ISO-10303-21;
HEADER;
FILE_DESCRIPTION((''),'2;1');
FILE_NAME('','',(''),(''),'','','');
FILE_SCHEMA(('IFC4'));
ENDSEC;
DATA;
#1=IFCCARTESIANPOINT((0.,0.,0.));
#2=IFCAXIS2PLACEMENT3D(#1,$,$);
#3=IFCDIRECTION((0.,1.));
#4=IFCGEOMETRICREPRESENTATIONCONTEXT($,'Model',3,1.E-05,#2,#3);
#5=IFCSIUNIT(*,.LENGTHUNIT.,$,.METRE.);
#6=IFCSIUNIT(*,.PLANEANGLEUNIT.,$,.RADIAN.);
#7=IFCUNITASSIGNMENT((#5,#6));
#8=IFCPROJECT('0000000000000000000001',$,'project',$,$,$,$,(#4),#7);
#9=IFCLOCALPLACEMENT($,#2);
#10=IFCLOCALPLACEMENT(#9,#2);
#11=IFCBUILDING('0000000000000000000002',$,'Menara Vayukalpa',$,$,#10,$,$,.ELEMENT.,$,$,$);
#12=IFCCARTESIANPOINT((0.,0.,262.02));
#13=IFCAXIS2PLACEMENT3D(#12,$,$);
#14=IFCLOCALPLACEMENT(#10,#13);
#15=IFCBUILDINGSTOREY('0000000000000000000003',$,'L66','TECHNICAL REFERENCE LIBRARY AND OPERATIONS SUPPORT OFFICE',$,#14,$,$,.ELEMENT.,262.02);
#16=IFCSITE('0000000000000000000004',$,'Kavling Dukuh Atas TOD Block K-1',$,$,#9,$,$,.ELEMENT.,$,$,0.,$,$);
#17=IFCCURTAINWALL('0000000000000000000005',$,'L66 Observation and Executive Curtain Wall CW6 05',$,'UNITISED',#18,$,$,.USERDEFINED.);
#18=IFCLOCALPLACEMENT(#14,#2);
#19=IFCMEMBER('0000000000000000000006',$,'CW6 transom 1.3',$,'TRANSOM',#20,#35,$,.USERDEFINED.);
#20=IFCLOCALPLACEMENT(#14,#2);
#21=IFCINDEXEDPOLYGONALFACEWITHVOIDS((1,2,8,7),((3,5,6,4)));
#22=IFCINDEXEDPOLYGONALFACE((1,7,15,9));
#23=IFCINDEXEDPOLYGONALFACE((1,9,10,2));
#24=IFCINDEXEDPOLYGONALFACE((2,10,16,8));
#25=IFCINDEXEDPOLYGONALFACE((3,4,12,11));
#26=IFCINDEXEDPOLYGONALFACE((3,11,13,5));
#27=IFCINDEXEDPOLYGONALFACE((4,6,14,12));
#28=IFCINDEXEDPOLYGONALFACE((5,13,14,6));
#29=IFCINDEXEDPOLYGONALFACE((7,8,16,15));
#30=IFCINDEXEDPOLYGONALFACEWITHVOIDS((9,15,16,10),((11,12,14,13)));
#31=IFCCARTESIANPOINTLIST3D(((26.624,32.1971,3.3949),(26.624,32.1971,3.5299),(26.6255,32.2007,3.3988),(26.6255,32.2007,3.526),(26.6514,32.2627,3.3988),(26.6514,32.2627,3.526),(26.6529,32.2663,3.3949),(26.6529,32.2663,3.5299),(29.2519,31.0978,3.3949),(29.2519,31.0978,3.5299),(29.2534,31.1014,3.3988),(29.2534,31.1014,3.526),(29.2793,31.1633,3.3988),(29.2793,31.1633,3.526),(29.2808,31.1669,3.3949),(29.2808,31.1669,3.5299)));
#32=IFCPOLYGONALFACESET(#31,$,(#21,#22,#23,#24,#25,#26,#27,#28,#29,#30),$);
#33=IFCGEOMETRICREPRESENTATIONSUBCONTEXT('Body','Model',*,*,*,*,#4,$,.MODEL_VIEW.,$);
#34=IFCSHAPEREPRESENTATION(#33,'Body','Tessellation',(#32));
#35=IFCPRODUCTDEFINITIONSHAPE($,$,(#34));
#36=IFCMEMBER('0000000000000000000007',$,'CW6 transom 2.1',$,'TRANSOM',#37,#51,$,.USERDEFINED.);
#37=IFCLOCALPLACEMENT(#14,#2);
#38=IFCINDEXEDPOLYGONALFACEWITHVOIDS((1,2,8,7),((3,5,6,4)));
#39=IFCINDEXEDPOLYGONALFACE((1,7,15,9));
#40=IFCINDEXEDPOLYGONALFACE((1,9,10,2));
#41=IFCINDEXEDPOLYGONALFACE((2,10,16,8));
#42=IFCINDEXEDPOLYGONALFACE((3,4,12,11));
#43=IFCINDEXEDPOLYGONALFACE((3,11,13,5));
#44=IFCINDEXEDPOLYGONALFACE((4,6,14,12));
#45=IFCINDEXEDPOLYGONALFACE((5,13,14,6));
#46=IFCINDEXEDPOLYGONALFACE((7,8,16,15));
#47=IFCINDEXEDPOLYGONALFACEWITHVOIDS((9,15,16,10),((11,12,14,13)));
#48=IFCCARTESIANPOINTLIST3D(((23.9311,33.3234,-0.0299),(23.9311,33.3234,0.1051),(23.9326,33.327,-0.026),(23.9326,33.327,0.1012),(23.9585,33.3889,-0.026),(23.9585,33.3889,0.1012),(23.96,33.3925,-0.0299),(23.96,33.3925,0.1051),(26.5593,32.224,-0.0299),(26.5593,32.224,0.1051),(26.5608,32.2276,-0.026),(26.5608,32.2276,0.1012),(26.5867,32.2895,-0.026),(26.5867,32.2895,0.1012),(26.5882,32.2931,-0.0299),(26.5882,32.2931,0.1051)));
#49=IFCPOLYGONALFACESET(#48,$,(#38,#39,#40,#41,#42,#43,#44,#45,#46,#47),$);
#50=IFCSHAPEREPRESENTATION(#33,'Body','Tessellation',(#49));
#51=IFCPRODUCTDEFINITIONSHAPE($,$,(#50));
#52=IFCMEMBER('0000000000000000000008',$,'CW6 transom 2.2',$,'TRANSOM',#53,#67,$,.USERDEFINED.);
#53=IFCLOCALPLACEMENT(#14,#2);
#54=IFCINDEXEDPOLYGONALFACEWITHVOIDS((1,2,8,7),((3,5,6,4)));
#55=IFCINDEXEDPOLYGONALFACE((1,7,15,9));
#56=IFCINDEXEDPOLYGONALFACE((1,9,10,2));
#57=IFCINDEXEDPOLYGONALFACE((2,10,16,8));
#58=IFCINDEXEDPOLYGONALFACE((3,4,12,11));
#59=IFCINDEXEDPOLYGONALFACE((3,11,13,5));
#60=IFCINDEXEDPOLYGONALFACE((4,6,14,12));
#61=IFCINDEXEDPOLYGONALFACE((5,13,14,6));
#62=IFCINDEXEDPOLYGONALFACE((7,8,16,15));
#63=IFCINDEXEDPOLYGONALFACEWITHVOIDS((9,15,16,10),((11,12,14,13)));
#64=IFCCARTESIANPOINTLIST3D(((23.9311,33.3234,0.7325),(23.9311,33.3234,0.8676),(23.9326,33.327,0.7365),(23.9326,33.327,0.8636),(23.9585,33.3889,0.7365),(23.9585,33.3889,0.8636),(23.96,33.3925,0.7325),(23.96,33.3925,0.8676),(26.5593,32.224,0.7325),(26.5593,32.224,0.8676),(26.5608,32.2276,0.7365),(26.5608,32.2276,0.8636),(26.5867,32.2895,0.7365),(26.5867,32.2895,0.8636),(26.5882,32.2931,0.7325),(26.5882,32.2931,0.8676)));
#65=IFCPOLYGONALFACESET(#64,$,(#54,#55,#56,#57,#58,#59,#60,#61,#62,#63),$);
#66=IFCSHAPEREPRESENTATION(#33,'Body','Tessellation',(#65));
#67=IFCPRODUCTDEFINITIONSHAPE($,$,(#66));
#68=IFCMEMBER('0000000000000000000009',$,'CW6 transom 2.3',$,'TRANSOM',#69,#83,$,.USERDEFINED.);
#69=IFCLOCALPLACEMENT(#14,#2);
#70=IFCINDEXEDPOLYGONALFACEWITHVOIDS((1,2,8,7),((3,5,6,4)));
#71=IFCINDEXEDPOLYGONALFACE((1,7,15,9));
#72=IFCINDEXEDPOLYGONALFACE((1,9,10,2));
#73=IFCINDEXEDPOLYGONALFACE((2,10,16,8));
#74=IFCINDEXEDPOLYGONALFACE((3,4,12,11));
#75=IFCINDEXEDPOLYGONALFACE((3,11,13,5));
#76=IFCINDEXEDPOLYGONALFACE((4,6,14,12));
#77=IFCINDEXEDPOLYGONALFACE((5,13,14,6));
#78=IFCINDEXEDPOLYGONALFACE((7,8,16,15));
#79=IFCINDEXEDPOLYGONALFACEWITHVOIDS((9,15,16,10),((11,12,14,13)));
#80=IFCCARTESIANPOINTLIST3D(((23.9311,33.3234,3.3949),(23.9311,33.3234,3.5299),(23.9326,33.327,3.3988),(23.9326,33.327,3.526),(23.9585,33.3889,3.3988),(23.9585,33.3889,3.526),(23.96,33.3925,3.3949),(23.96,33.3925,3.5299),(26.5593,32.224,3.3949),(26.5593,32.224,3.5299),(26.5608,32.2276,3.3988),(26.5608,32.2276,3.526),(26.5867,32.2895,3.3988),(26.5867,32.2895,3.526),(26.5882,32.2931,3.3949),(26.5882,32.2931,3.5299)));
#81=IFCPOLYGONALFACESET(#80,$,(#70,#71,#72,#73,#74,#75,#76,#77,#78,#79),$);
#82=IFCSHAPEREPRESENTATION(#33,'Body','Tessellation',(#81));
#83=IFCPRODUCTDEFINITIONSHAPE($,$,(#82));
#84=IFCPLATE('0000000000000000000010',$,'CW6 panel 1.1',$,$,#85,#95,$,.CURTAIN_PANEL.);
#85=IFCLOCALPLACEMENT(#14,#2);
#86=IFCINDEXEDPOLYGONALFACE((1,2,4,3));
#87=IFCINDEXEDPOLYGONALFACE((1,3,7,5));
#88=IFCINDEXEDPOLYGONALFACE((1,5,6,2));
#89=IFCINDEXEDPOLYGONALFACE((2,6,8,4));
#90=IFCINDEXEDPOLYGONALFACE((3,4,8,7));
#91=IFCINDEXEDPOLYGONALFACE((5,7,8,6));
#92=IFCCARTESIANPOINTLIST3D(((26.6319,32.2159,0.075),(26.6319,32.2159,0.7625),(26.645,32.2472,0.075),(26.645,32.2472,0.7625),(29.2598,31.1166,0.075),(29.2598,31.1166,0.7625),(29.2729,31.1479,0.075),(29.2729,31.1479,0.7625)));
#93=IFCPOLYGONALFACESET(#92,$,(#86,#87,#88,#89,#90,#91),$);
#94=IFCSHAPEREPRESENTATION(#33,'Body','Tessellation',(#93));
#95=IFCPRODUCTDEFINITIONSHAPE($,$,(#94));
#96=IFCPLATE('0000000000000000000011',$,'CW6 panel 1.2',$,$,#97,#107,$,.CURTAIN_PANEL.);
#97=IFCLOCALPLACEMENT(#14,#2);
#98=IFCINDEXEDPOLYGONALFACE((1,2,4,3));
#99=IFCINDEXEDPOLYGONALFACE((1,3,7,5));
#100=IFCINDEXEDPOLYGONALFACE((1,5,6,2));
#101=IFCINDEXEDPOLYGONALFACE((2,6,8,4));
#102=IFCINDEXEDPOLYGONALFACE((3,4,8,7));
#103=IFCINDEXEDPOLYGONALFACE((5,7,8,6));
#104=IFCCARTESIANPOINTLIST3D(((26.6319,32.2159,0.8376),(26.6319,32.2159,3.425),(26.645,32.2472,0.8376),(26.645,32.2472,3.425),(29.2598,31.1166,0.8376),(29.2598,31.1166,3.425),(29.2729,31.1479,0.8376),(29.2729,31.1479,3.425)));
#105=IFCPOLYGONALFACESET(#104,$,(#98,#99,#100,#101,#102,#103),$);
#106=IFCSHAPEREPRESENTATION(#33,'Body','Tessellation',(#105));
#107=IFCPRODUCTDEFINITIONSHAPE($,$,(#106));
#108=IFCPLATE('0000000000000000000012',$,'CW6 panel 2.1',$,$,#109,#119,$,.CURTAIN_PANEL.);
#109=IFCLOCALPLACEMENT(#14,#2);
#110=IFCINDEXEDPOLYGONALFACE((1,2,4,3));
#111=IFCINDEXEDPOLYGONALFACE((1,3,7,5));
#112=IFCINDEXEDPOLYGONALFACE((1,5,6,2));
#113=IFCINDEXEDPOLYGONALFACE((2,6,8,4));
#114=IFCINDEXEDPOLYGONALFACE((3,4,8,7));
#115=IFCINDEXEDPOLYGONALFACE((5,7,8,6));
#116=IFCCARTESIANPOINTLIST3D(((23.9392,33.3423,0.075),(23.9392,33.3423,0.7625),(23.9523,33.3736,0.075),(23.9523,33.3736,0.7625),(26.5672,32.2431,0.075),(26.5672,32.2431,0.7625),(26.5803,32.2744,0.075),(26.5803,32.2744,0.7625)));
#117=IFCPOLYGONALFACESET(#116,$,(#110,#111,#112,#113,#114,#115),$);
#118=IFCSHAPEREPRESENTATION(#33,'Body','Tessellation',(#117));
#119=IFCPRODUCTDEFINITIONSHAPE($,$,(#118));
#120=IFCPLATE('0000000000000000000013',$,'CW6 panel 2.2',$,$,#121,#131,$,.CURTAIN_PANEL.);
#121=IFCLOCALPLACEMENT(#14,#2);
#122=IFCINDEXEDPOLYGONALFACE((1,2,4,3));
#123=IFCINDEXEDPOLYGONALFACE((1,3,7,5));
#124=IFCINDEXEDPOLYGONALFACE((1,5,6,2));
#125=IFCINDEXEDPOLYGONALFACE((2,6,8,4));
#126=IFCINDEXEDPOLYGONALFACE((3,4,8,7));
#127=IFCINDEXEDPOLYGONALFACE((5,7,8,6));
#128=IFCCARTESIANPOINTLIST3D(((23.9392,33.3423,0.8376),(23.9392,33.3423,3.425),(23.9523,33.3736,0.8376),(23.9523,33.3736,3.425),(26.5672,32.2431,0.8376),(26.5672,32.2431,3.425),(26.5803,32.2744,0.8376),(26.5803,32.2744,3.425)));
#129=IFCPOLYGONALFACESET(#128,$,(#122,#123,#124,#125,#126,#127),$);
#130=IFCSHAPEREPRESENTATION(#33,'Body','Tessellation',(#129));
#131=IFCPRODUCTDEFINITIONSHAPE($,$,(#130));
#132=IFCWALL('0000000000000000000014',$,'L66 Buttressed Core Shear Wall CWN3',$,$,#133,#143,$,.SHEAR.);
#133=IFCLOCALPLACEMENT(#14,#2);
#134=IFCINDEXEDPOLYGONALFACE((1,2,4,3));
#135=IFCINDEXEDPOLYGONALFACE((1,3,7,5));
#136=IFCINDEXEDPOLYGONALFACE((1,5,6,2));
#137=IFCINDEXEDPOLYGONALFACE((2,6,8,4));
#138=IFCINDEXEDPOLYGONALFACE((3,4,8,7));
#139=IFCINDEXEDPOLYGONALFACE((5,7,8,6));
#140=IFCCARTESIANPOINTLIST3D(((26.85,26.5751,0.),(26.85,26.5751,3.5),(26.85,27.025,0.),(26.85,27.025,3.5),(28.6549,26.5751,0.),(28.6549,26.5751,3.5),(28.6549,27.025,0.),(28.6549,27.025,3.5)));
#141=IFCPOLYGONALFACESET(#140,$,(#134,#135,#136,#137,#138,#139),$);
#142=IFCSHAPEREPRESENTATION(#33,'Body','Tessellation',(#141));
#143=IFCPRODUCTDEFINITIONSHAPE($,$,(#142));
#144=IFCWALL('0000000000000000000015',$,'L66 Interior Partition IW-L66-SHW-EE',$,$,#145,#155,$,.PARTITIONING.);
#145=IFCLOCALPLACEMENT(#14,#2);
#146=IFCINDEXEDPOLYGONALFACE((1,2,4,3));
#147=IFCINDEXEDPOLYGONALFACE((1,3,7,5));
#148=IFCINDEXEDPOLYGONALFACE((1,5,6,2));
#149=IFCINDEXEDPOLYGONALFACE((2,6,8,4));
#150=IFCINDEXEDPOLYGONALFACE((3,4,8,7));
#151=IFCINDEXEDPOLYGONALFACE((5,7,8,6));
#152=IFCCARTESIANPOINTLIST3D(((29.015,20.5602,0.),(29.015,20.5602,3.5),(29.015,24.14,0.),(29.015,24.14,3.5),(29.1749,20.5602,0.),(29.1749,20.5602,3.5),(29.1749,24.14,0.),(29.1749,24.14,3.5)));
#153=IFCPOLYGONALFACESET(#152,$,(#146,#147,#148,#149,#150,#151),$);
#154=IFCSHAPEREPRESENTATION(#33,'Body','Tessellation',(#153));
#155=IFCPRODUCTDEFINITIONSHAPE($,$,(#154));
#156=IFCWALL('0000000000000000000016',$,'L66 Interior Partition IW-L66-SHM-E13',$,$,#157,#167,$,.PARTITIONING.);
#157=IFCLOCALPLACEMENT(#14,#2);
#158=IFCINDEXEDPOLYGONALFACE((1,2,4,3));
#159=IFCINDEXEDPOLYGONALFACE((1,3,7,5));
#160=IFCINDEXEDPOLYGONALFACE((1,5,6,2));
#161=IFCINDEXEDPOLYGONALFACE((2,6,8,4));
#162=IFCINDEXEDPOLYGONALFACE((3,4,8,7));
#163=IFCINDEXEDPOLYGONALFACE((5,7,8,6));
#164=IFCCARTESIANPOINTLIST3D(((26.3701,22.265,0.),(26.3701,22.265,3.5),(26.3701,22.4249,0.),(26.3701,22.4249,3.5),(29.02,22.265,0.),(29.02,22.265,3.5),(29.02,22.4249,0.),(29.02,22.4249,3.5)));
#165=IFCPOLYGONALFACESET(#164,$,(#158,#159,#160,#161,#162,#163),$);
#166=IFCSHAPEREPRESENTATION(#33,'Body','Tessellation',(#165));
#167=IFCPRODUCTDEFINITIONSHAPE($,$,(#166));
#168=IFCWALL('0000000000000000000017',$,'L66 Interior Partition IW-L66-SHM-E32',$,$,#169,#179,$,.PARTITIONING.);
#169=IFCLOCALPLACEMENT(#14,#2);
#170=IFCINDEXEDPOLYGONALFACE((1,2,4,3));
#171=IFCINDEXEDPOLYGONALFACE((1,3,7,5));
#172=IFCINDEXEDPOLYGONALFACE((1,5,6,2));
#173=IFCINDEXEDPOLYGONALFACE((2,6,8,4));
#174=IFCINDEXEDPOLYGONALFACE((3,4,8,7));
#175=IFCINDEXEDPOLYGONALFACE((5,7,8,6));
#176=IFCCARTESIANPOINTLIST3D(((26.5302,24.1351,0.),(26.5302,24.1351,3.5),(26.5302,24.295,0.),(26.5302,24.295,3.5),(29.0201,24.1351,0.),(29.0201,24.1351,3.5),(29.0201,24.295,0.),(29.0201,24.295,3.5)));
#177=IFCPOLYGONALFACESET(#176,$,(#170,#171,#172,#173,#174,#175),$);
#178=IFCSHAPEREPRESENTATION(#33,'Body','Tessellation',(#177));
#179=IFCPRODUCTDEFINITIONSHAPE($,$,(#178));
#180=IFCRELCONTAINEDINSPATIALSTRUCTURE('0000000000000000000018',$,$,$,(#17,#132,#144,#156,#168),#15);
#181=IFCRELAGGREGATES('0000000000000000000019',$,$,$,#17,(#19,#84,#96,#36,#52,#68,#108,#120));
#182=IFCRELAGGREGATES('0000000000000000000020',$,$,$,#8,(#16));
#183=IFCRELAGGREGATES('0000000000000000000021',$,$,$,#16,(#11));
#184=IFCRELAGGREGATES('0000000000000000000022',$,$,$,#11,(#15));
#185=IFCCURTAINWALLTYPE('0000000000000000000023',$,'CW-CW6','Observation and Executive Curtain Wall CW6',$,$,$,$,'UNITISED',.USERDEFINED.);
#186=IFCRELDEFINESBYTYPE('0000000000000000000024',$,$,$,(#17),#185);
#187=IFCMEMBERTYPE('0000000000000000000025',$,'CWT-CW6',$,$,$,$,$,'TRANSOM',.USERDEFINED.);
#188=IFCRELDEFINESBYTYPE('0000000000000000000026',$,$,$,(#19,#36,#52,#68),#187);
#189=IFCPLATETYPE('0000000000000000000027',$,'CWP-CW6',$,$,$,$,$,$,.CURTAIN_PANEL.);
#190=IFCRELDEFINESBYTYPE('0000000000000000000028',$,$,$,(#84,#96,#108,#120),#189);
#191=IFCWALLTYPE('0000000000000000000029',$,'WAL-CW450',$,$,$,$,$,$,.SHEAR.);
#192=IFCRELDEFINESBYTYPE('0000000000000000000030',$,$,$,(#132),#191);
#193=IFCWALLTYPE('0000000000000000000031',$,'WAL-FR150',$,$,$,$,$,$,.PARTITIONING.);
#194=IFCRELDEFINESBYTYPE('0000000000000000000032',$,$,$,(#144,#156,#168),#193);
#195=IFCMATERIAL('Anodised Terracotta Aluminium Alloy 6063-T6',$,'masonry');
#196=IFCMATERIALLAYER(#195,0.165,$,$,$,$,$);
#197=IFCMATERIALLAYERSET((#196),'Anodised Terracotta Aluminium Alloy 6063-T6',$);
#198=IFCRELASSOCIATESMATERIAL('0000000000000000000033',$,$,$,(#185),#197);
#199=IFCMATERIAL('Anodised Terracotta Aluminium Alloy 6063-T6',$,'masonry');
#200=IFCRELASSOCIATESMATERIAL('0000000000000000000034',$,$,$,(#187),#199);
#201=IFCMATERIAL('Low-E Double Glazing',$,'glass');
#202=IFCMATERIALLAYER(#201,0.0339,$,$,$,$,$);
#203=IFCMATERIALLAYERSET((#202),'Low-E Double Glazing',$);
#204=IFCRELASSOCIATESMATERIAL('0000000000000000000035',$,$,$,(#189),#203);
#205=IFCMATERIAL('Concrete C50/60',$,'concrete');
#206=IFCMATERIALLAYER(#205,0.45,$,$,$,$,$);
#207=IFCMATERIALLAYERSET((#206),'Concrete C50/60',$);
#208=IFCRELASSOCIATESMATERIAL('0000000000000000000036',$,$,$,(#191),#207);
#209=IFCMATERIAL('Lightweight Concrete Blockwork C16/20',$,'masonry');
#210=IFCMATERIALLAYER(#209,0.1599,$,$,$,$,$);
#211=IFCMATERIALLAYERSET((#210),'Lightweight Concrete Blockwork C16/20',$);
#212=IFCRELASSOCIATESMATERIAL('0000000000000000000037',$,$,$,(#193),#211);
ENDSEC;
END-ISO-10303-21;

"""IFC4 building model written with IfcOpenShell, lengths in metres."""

from ifc_helpers import new_model, si_unit, direction, frame, frame_2d, origin, origin_2d, place, context, subcontext, project, spatial, rectangle, hollow_rectangle, extrude, material, layer, layer_set, material_profile, profile_set, type_object, element, aggregate, save


model = new_model("IFC4")

# Units and contexts
model_context = context("Model", 3, precision=1e-05, world=origin(), true_north=direction((0.0, 1.0)))
body_context = subcontext(model_context, "Body", "Model", "MODEL_VIEW")
ifc_project = project(units=[si_unit("LENGTHUNIT", "METRE"), si_unit("PLANEANGLEUNIT", "RADIAN")], contexts=[model_context])

# Site, building, storey
site_placement = place(None, origin())
site = spatial("IfcSite", under=ifc_project, at=site_placement, Name="Kavling Dukuh Atas TOD Block K-1", CompositionType="ELEMENT", RefElevation=0.0)
building_placement = place(site_placement, origin())
building = spatial("IfcBuilding", under=site, at=building_placement, Name="Menara Vayukalpa", CompositionType="ELEMENT")
storey_placement = place(building_placement, frame((0.0, 0.0, 262.02)))
storey = spatial("IfcBuildingStorey", under=building, at=storey_placement, Name="L66", Description="TECHNICAL REFERENCE LIBRARY AND OPERATIONS SUPPORT OFFICE", CompositionType="ELEMENT", Elevation=262.02)

# Shared definitions
ifc_material_1 = material(Name="Anodised Terracotta Aluminium Alloy 6063-T6", Category="masonry")
ifc_layer_1 = layer(ifc_material_1, 0.165)
ifc_layer_set_1 = layer_set([ifc_layer_1], Name="Anodised Terracotta Aluminium Alloy 6063-T6")
curtain_wall_type = type_object("IfcCurtainWallType", Name="CW-CW6", Description="Observation and Executive Curtain Wall CW6", ElementType="UNITISED", PredefinedType="USERDEFINED", material=ifc_layer_set_1)

# Curtain wall, members, plates
curtain_wall_1_placement = place(storey_placement, origin())
curtain_wall_1 = element("IfcCurtainWall", 1, at=curtain_wall_1_placement, inside=storey, type_object=curtain_wall_type, Name="L66 Observation and Executive Curtain Wall CW6 05", ObjectType="UNITISED", PredefinedType="USERDEFINED")
ifc_material_2 = material(Name="Anodised Terracotta Aluminium Alloy 6063-T6", Category="masonry")
ifc_material_profile_1 = material_profile(ifc_material_2, hollow_rectangle(XDim=0.075, YDim=0.135, WallThickness=0.0039, at=origin_2d()), Name="ALU 75x135x4")
ifc_profile_set_1 = profile_set([ifc_material_profile_1], Name="Anodised Terracotta Aluminium Alloy 6063-T6")
member_type_1 = type_object("IfcMemberType", Name="CWT-CW6", ElementType="TRANSOM", PredefinedType="USERDEFINED", material=ifc_profile_set_1)
member_1_placement = place(storey_placement, frame((29.2664, 31.1323, 3.4624), z_axis=(-0.922528, 0.385929, 0.0), x_axis=(-0.385929, -0.922528, 0.0)))
member_1 = element("IfcMember", 2, at=member_1_placement, type_object=member_type_1, Name="CW6 transom 1.3", ObjectType="TRANSOM", PredefinedType="USERDEFINED", context=body_context, shape_type="SweptSolid", body=[
    extrude(hollow_rectangle(XDim=0.075, YDim=0.135, WallThickness=0.0039, at=origin_2d()), origin(), (0.0, 0.0, 1.0), 2.8486),
])
member_2_placement = place(storey_placement, frame((26.5737, 32.2585, 0.0376), z_axis=(-0.922541, 0.385899, 0.0), x_axis=(-0.385899, -0.922541, 0.0)))
member_2 = element("IfcMember", 3, at=member_2_placement, type_object=member_type_1, Name="CW6 transom 2.1", ObjectType="TRANSOM", PredefinedType="USERDEFINED", context=body_context, shape_type="SweptSolid", body=[
    extrude(hollow_rectangle(XDim=0.075, YDim=0.135, WallThickness=0.0039, at=origin_2d()), origin(), (0.0, 0.0, 1.0), 2.8489),
])
member_3_placement = place(storey_placement, frame((26.5737, 32.2585, 0.8), z_axis=(-0.922541, 0.385899, 0.0), x_axis=(-0.385899, -0.922541, 0.0)))
member_3 = element("IfcMember", 4, at=member_3_placement, type_object=member_type_1, Name="CW6 transom 2.2", ObjectType="TRANSOM", PredefinedType="USERDEFINED", context=body_context, shape_type="SweptSolid", body=[
    extrude(hollow_rectangle(XDim=0.075, YDim=0.135, WallThickness=0.0039, at=origin_2d()), origin(), (0.0, 0.0, 1.0), 2.8489),
])
member_4_placement = place(storey_placement, frame((26.5737, 32.2585, 3.4624), z_axis=(-0.922541, 0.385899, 0.0), x_axis=(-0.385899, -0.922541, 0.0)))
member_4 = element("IfcMember", 5, at=member_4_placement, type_object=member_type_1, Name="CW6 transom 2.3", ObjectType="TRANSOM", PredefinedType="USERDEFINED", context=body_context, shape_type="SweptSolid", body=[
    extrude(hollow_rectangle(XDim=0.075, YDim=0.135, WallThickness=0.0039, at=origin_2d()), origin(), (0.0, 0.0, 1.0), 2.8489),
])
ifc_material_3 = material(Name="Low-E Double Glazing", Category="glass")
ifc_layer_2 = layer(ifc_material_3, 0.0339)
ifc_layer_set_2 = layer_set([ifc_layer_2], Name="Low-E Double Glazing")
plate_type = type_object("IfcPlateType", Name="CWP-CW6", PredefinedType="CURTAIN_PANEL", material=ifc_layer_set_2)
plate_1_placement = place(storey_placement, frame((27.9524, 31.6819, 0.075), z_axis=(0.0, 0.0, 1.0), x_axis=(-0.922541, 0.3859, 0.0)))
plate_1 = element("IfcPlate", 6, at=plate_1_placement, type_object=plate_type, Name="CW6 panel 1.1", PredefinedType="CURTAIN_PANEL", context=body_context, shape_type="SweptSolid", body=[
    extrude(rectangle(XDim=2.8486, YDim=0.0339, at=origin_2d()), origin(), (0.0, 0.0, 1.0), 0.6875),
])
plate_2_placement = place(storey_placement, frame((27.9524, 31.6819, 0.8376), z_axis=(0.0, 0.0, 1.0), x_axis=(-0.922541, 0.3859, 0.0)))
plate_2 = element("IfcPlate", 7, at=plate_2_placement, type_object=plate_type, Name="CW6 panel 1.2", PredefinedType="CURTAIN_PANEL", context=body_context, shape_type="SweptSolid", body=[
    extrude(rectangle(XDim=2.8486, YDim=0.0339, at=origin_2d()), origin(), (0.0, 0.0, 1.0), 2.5874),
])
plate_3_placement = place(storey_placement, frame((25.2598, 32.8083, 0.075), z_axis=(0.0, 0.0, 1.0), x_axis=(-0.922541, 0.3859, 0.0)))
plate_3 = element("IfcPlate", 8, at=plate_3_placement, type_object=plate_type, Name="CW6 panel 2.1", PredefinedType="CURTAIN_PANEL", context=body_context, shape_type="SweptSolid", body=[
    extrude(rectangle(XDim=2.8486, YDim=0.0339, at=origin_2d()), origin(), (0.0, 0.0, 1.0), 0.6875),
])
plate_4_placement = place(storey_placement, frame((25.2598, 32.8083, 0.8376), z_axis=(0.0, 0.0, 1.0), x_axis=(-0.922541, 0.3859, 0.0)))
plate_4 = element("IfcPlate", 9, at=plate_4_placement, type_object=plate_type, Name="CW6 panel 2.2", PredefinedType="CURTAIN_PANEL", context=body_context, shape_type="SweptSolid", body=[
    extrude(rectangle(XDim=2.8486, YDim=0.0339, at=origin_2d()), origin(), (0.0, 0.0, 1.0), 2.5874),
])
aggregate(curtain_wall_1, [member_1, plate_1, plate_2, member_2, member_3, member_4, plate_3, plate_4])

# Walls
ifc_material_4 = material(Name="Concrete C50/60", Category="concrete")
ifc_layer_3 = layer(ifc_material_4, 0.45)
ifc_layer_set_3 = layer_set([ifc_layer_3], Name="Concrete C50/60")
wall_type_1 = type_object("IfcWallType", Name="WAL-CW450", PredefinedType="SHEAR", material=ifc_layer_set_3)
wall_1_placement = place(storey_placement, frame((26.8501, 26.8, 0.0), z_axis=(0.0, 0.0, 1.0), x_axis=(1.0, 0.0, 0.0)))
element("IfcWall", 10, at=wall_1_placement, inside=storey, type_object=wall_type_1, Name="L66 Buttressed Core Shear Wall CWN3", PredefinedType="SHEAR", context=body_context, shape_type="SweptSolid", body=[
    extrude(rectangle(XDim=1.8049, YDim=0.45, at=frame_2d((0.9023, 0.0))), origin(), (0.0, 0.0, 1.0), 3.5),
])
ifc_material_5 = material(Name="Lightweight Concrete Blockwork C16/20", Category="masonry")
ifc_layer_4 = layer(ifc_material_5, 0.1599)
ifc_layer_set_4 = layer_set([ifc_layer_4], Name="Lightweight Concrete Blockwork C16/20")
wall_type_2 = type_object("IfcWallType", Name="WAL-FR150", PredefinedType="PARTITIONING", material=ifc_layer_set_4)
wall_2_placement = place(storey_placement, frame((29.095, 20.5601, 0.0), z_axis=(0.0, 0.0, 1.0), x_axis=(0.0, 1.0, 0.0)))
element("IfcWall", 11, at=wall_2_placement, inside=storey, type_object=wall_type_2, Name="L66 Interior Partition IW-L66-SHW-EE", PredefinedType="PARTITIONING", context=body_context, shape_type="SweptSolid", body=[
    extrude(rectangle(XDim=3.5798, YDim=0.1599, at=frame_2d((1.79, 0.0))), origin(), (0.0, 0.0, 1.0), 3.5),
])
wall_3_placement = place(storey_placement, frame((26.3701, 22.345, 0.0), z_axis=(0.0, 0.0, 1.0), x_axis=(1.0, 0.0, 0.0)))
element("IfcWall", 12, at=wall_3_placement, inside=storey, type_object=wall_type_2, Name="L66 Interior Partition IW-L66-SHM-E13", PredefinedType="PARTITIONING", context=body_context, shape_type="SweptSolid", body=[
    extrude(rectangle(XDim=2.6499, YDim=0.1599, at=frame_2d((1.325, 0.0))), origin(), (0.0, 0.0, 1.0), 3.5),
])
wall_4_placement = place(storey_placement, frame((26.53, 24.2151, 0.0), z_axis=(0.0, 0.0, 1.0), x_axis=(1.0, 0.0, 0.0)))
element("IfcWall", 13, at=wall_4_placement, inside=storey, type_object=wall_type_2, Name="L66 Interior Partition IW-L66-SHM-E32", PredefinedType="PARTITIONING", context=body_context, shape_type="SweptSolid", body=[
    extrude(rectangle(XDim=2.49, YDim=0.1599, at=frame_2d((1.2451, 0.0))), origin(), (0.0, 0.0, 1.0), 3.5),
])

save(model, "model.ifc")
